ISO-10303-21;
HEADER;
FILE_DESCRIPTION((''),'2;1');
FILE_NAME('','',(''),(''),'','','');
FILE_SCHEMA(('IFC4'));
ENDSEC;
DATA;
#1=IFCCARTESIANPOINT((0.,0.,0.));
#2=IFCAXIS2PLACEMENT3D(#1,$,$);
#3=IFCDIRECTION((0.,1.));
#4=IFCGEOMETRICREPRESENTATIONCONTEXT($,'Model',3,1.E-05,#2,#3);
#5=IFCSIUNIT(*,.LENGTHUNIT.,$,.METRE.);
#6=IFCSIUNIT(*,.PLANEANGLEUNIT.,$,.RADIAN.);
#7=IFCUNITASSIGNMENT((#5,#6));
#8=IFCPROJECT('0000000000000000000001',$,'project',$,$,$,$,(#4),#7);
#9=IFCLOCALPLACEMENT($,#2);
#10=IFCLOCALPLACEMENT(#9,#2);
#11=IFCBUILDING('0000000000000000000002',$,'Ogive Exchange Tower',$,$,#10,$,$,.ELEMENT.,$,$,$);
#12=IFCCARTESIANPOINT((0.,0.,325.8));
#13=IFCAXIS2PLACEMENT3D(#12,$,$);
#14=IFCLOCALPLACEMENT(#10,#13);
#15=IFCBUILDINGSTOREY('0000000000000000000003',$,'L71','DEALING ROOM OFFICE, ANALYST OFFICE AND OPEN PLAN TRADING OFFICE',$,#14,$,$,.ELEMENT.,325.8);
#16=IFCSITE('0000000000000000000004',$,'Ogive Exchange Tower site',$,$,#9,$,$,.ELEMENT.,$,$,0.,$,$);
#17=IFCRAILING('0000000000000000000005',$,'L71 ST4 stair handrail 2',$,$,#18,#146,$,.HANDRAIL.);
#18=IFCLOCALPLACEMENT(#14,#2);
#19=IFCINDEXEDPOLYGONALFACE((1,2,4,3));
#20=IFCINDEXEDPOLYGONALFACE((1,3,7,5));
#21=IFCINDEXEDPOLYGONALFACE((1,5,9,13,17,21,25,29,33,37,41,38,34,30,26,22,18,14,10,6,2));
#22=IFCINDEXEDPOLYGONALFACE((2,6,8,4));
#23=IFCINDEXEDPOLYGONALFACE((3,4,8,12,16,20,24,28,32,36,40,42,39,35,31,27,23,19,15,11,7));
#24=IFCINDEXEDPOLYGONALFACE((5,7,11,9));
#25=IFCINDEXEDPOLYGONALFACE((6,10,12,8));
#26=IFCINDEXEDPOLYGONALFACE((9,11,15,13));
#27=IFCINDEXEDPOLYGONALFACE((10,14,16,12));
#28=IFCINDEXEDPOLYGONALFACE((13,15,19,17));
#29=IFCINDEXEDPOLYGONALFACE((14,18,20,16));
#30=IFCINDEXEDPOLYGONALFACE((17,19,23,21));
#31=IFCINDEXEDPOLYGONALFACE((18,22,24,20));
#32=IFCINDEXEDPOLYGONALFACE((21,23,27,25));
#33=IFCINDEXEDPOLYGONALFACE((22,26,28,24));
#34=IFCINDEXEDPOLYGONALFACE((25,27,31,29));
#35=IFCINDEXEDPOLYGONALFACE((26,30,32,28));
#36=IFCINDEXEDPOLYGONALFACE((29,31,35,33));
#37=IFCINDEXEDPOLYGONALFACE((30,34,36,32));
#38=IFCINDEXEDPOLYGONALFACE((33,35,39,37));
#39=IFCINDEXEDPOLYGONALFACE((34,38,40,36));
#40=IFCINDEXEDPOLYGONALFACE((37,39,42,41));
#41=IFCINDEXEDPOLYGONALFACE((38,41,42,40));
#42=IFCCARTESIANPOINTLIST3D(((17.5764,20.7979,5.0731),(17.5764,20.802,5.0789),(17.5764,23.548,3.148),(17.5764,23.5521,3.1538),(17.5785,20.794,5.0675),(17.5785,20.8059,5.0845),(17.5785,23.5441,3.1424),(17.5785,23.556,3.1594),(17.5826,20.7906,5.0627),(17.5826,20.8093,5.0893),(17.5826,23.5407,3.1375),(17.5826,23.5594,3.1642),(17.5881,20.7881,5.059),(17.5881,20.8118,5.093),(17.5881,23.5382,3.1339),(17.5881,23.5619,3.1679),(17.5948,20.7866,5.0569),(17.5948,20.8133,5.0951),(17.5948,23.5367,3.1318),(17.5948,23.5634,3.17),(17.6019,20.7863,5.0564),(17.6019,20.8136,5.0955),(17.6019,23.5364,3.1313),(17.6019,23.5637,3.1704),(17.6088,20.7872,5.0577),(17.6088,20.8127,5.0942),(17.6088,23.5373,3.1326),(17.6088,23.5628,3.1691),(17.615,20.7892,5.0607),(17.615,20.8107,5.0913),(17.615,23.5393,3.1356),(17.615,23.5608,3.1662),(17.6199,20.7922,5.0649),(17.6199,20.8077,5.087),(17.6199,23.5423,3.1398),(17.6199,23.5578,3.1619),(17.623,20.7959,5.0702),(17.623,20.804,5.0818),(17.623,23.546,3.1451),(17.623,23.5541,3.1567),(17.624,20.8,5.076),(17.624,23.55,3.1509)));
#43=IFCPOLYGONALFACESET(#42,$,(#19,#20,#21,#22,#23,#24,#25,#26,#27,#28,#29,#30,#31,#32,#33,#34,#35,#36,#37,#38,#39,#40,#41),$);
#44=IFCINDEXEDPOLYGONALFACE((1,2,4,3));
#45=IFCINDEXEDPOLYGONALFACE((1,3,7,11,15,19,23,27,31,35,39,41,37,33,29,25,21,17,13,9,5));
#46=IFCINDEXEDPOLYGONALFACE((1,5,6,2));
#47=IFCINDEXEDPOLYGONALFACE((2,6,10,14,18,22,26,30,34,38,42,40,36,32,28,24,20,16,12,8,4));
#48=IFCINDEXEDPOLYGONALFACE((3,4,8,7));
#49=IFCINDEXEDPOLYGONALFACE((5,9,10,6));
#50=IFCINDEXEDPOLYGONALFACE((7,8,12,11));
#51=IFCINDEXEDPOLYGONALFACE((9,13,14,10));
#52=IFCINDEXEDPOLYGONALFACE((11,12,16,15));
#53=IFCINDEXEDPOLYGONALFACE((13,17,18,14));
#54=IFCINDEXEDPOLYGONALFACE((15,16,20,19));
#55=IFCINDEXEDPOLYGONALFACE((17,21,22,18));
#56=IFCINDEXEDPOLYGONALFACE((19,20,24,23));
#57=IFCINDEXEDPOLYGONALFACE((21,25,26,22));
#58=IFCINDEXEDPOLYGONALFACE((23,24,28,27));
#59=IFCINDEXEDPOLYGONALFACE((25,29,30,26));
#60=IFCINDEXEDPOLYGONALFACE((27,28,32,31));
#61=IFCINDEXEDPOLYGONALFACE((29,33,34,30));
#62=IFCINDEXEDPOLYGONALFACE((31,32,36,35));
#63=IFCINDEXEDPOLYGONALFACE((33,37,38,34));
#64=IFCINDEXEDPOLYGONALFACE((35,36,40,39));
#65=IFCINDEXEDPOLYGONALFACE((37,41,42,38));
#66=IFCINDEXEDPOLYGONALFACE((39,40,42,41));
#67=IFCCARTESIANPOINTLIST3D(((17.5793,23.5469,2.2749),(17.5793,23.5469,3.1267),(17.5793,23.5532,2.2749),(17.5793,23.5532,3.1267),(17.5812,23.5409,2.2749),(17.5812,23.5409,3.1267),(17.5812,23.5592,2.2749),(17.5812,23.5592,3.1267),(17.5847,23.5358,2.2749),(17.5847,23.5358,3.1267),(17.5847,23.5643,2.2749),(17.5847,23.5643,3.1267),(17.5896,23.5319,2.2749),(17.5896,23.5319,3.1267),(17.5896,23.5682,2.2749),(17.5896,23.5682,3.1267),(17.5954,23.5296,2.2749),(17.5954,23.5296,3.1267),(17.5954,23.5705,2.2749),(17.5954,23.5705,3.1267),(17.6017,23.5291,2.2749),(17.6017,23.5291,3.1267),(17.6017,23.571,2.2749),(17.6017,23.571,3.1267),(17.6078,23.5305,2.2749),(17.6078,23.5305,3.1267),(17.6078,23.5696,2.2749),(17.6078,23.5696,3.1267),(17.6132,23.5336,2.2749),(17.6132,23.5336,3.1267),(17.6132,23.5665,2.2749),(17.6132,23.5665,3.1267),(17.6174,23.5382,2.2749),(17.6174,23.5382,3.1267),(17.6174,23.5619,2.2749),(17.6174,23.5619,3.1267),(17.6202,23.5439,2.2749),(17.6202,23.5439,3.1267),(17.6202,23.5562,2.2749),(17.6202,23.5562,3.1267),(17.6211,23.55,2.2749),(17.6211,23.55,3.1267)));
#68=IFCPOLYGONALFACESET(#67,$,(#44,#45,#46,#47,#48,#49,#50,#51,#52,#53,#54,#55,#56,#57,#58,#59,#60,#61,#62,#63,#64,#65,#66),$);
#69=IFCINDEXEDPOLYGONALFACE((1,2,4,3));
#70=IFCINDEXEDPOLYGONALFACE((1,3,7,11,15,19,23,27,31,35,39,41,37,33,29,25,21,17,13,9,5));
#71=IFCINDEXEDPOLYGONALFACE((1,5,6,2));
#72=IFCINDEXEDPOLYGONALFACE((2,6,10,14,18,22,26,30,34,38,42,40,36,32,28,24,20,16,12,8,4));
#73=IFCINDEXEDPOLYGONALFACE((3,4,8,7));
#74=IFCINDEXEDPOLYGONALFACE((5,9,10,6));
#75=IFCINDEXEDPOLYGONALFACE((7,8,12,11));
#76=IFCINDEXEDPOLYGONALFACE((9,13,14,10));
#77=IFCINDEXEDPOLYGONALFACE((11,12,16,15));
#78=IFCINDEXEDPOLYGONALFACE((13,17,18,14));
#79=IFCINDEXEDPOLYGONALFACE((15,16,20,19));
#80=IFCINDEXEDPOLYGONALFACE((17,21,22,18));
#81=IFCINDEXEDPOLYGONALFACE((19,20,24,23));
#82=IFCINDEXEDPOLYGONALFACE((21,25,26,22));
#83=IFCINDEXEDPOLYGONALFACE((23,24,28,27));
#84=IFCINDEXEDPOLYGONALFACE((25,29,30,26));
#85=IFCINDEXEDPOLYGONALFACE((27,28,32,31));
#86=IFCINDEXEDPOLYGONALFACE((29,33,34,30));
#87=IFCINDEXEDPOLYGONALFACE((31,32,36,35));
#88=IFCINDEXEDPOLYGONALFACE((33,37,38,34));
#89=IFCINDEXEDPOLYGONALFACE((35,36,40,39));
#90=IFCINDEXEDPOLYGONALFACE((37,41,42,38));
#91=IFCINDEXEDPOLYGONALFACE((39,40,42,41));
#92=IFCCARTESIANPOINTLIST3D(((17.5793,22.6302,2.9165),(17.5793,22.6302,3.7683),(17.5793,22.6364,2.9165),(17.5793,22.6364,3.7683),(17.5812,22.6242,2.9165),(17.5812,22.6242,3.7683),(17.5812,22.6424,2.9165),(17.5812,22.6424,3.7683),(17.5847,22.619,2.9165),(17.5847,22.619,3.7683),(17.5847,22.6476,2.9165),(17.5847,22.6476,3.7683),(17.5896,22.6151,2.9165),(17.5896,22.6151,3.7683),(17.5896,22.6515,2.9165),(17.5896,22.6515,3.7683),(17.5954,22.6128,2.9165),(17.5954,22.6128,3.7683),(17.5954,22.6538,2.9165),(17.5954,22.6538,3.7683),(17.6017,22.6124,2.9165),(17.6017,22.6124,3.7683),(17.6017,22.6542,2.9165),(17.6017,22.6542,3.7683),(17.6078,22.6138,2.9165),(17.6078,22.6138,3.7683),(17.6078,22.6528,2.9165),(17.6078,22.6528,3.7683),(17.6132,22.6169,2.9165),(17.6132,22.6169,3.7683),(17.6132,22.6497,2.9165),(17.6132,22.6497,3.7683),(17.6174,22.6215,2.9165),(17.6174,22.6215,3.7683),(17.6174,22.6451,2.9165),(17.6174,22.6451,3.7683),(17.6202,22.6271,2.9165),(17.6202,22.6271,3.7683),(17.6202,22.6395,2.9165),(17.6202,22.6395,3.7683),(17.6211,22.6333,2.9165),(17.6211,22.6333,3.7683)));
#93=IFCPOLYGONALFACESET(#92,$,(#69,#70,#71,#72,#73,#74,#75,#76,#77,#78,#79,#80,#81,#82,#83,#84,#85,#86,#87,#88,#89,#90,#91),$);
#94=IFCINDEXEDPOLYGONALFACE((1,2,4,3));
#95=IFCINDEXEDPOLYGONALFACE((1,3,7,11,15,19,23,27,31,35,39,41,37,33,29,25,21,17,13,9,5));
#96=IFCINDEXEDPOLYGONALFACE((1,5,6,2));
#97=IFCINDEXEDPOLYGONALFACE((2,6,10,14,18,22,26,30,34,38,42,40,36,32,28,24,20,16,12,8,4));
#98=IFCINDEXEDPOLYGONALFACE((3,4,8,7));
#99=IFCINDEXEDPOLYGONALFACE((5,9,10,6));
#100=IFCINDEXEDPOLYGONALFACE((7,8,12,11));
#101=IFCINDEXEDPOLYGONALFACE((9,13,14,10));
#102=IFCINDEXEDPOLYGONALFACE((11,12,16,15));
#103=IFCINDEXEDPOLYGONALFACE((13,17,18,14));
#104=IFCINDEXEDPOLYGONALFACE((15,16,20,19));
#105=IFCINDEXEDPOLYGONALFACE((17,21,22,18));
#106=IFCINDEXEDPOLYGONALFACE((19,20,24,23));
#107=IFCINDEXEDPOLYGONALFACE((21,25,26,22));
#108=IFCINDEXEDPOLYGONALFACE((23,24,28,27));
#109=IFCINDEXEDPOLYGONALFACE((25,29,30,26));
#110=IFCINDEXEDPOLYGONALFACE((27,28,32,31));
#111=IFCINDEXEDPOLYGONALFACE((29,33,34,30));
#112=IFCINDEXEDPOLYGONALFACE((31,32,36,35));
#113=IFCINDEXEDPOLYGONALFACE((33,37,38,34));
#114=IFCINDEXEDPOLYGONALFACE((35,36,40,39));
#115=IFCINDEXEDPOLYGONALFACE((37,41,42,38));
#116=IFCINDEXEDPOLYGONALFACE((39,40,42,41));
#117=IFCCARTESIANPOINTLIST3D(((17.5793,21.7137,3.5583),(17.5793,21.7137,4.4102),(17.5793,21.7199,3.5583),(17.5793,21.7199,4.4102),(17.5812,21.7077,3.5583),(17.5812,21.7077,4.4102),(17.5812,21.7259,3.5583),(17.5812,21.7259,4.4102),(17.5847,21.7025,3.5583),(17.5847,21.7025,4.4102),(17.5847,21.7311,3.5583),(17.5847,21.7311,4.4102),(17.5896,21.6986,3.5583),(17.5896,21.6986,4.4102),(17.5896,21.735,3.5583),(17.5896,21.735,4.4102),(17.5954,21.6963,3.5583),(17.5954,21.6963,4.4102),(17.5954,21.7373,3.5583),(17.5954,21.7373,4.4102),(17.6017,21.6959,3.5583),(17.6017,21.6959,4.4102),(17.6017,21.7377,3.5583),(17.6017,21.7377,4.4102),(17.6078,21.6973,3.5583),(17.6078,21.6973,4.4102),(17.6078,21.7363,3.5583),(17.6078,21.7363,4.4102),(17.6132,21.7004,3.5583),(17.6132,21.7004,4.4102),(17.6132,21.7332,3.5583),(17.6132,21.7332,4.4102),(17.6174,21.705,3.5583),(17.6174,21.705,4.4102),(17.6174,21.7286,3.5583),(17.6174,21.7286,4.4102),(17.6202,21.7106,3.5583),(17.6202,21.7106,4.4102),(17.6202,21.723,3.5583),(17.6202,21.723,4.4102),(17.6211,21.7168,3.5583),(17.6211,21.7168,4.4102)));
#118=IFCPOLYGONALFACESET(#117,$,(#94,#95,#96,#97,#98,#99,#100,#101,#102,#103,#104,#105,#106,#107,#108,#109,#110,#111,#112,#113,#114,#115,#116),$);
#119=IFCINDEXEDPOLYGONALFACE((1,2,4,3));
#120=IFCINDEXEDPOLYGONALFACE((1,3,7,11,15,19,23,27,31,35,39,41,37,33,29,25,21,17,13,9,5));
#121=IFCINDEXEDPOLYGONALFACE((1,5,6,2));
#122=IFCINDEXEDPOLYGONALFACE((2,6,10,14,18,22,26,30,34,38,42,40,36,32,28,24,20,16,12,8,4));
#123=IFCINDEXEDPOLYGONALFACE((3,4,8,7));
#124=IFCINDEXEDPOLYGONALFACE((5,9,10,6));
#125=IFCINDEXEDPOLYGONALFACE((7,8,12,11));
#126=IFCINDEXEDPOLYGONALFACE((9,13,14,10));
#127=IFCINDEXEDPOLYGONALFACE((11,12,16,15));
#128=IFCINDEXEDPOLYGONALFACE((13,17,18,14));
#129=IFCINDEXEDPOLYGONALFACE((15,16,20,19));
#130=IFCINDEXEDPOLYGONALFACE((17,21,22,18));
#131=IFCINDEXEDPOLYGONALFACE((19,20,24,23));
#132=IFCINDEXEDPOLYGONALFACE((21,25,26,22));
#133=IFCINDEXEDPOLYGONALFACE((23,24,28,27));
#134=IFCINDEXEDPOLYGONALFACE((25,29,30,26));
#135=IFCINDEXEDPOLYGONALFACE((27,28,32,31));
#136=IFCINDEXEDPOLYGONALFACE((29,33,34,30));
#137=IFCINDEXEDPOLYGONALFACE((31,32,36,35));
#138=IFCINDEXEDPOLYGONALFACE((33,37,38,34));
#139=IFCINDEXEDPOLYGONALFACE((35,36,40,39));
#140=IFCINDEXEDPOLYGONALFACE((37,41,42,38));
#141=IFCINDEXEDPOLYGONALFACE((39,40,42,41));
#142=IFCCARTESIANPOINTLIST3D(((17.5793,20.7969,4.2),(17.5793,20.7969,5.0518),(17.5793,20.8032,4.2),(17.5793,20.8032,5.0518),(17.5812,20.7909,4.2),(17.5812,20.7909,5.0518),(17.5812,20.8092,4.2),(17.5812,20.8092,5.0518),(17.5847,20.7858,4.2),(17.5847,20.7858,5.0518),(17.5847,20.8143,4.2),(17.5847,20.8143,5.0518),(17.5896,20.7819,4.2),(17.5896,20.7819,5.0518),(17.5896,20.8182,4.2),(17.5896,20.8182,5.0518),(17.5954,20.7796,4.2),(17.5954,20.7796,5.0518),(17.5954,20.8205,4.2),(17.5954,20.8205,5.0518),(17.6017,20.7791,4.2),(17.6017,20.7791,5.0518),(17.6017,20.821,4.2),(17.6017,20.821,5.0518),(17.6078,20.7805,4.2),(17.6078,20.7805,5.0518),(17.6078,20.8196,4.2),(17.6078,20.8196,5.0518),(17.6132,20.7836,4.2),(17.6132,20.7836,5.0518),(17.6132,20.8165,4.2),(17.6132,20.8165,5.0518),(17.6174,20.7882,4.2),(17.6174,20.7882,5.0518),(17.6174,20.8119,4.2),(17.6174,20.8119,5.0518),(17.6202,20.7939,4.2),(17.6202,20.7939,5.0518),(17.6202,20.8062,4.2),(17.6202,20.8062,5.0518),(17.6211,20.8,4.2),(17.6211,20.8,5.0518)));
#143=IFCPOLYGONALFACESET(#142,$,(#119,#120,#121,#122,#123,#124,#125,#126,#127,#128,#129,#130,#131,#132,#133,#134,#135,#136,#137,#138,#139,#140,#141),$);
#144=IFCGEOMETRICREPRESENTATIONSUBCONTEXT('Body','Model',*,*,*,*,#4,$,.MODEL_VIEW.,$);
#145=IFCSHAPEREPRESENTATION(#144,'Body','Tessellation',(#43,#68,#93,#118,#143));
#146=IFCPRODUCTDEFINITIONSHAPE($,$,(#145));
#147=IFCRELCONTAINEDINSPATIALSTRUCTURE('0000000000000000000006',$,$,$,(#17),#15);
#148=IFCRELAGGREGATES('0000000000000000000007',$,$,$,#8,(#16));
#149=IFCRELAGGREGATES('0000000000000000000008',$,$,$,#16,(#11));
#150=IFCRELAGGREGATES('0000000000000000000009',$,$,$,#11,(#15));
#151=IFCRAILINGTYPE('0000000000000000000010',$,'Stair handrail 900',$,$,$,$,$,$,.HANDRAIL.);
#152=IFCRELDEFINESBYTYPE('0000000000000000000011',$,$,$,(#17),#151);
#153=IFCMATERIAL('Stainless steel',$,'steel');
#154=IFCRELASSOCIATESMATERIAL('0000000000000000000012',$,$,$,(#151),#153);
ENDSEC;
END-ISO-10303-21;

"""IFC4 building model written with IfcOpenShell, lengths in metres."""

from ifc_helpers import new_model, si_unit, direction, frame, origin, origin_2d, place, context, subcontext, project, spatial, circle, extrude, material, type_object, element, save


model = new_model("IFC4")

# Units and contexts
model_context = context("Model", 3, precision=1e-05, world=origin(), true_north=direction((0.0, 1.0)))
body_context = subcontext(model_context, "Body", "Model", "MODEL_VIEW")
ifc_project = project(units=[si_unit("LENGTHUNIT", "METRE"), si_unit("PLANEANGLEUNIT", "RADIAN")], contexts=[model_context])

# Site, building, storey
site_placement = place(None, origin())
site = spatial("IfcSite", under=ifc_project, at=site_placement, Name="Ogive Exchange Tower site", CompositionType="ELEMENT", RefElevation=0.0)
building_placement = place(site_placement, origin())
building = spatial("IfcBuilding", under=site, at=building_placement, Name="Ogive Exchange Tower", CompositionType="ELEMENT")
storey_placement = place(building_placement, frame((0.0, 0.0, 325.8)))
storey = spatial("IfcBuildingStorey", under=building, at=storey_placement, Name="L71", Description="DEALING ROOM OFFICE, ANALYST OFFICE AND OPEN PLAN TRADING OFFICE", CompositionType="ELEMENT", Elevation=325.8)

# Railing
ifc_material_1 = material(Name="Stainless steel", Category="steel")
railing_type = type_object("IfcRailingType", Name="Stair handrail 900", PredefinedType="HANDRAIL", material=ifc_material_1)
railing_1_placement = place(storey_placement, frame((17.6001, 23.55, 2.2749)))
element("IfcRailing", 1, at=railing_1_placement, inside=storey, type_object=railing_type, Name="L71 ST4 stair handrail 2", PredefinedType="HANDRAIL", context=body_context, shape_type="SweptSolid", body=[
    extrude(circle(Radius=0.0239, at=origin_2d()), frame((0.0, 0.0, 0.876), z_axis=(0.0, -0.819225, 0.573472), x_axis=(1.0, 0.0, 0.0)), (0.0, 0.0, 1.0), 3.3569),
    extrude(circle(Radius=0.021, at=origin_2d()), origin(), (0.0, 0.0, 1.0), 0.8518),
    extrude(circle(Radius=0.021, at=origin_2d()), frame((0.0, -0.9167, 0.6416)), (0.0, 0.0, 1.0), 0.8518),
    extrude(circle(Radius=0.021, at=origin_2d()), frame((0.0, -1.8333, 1.2834)), (0.0, 0.0, 1.0), 0.8518),
    extrude(circle(Radius=0.021, at=origin_2d()), frame((0.0, -2.75, 1.925)), (0.0, 0.0, 1.0), 0.8518),
])

save(model, "model.ifc")
